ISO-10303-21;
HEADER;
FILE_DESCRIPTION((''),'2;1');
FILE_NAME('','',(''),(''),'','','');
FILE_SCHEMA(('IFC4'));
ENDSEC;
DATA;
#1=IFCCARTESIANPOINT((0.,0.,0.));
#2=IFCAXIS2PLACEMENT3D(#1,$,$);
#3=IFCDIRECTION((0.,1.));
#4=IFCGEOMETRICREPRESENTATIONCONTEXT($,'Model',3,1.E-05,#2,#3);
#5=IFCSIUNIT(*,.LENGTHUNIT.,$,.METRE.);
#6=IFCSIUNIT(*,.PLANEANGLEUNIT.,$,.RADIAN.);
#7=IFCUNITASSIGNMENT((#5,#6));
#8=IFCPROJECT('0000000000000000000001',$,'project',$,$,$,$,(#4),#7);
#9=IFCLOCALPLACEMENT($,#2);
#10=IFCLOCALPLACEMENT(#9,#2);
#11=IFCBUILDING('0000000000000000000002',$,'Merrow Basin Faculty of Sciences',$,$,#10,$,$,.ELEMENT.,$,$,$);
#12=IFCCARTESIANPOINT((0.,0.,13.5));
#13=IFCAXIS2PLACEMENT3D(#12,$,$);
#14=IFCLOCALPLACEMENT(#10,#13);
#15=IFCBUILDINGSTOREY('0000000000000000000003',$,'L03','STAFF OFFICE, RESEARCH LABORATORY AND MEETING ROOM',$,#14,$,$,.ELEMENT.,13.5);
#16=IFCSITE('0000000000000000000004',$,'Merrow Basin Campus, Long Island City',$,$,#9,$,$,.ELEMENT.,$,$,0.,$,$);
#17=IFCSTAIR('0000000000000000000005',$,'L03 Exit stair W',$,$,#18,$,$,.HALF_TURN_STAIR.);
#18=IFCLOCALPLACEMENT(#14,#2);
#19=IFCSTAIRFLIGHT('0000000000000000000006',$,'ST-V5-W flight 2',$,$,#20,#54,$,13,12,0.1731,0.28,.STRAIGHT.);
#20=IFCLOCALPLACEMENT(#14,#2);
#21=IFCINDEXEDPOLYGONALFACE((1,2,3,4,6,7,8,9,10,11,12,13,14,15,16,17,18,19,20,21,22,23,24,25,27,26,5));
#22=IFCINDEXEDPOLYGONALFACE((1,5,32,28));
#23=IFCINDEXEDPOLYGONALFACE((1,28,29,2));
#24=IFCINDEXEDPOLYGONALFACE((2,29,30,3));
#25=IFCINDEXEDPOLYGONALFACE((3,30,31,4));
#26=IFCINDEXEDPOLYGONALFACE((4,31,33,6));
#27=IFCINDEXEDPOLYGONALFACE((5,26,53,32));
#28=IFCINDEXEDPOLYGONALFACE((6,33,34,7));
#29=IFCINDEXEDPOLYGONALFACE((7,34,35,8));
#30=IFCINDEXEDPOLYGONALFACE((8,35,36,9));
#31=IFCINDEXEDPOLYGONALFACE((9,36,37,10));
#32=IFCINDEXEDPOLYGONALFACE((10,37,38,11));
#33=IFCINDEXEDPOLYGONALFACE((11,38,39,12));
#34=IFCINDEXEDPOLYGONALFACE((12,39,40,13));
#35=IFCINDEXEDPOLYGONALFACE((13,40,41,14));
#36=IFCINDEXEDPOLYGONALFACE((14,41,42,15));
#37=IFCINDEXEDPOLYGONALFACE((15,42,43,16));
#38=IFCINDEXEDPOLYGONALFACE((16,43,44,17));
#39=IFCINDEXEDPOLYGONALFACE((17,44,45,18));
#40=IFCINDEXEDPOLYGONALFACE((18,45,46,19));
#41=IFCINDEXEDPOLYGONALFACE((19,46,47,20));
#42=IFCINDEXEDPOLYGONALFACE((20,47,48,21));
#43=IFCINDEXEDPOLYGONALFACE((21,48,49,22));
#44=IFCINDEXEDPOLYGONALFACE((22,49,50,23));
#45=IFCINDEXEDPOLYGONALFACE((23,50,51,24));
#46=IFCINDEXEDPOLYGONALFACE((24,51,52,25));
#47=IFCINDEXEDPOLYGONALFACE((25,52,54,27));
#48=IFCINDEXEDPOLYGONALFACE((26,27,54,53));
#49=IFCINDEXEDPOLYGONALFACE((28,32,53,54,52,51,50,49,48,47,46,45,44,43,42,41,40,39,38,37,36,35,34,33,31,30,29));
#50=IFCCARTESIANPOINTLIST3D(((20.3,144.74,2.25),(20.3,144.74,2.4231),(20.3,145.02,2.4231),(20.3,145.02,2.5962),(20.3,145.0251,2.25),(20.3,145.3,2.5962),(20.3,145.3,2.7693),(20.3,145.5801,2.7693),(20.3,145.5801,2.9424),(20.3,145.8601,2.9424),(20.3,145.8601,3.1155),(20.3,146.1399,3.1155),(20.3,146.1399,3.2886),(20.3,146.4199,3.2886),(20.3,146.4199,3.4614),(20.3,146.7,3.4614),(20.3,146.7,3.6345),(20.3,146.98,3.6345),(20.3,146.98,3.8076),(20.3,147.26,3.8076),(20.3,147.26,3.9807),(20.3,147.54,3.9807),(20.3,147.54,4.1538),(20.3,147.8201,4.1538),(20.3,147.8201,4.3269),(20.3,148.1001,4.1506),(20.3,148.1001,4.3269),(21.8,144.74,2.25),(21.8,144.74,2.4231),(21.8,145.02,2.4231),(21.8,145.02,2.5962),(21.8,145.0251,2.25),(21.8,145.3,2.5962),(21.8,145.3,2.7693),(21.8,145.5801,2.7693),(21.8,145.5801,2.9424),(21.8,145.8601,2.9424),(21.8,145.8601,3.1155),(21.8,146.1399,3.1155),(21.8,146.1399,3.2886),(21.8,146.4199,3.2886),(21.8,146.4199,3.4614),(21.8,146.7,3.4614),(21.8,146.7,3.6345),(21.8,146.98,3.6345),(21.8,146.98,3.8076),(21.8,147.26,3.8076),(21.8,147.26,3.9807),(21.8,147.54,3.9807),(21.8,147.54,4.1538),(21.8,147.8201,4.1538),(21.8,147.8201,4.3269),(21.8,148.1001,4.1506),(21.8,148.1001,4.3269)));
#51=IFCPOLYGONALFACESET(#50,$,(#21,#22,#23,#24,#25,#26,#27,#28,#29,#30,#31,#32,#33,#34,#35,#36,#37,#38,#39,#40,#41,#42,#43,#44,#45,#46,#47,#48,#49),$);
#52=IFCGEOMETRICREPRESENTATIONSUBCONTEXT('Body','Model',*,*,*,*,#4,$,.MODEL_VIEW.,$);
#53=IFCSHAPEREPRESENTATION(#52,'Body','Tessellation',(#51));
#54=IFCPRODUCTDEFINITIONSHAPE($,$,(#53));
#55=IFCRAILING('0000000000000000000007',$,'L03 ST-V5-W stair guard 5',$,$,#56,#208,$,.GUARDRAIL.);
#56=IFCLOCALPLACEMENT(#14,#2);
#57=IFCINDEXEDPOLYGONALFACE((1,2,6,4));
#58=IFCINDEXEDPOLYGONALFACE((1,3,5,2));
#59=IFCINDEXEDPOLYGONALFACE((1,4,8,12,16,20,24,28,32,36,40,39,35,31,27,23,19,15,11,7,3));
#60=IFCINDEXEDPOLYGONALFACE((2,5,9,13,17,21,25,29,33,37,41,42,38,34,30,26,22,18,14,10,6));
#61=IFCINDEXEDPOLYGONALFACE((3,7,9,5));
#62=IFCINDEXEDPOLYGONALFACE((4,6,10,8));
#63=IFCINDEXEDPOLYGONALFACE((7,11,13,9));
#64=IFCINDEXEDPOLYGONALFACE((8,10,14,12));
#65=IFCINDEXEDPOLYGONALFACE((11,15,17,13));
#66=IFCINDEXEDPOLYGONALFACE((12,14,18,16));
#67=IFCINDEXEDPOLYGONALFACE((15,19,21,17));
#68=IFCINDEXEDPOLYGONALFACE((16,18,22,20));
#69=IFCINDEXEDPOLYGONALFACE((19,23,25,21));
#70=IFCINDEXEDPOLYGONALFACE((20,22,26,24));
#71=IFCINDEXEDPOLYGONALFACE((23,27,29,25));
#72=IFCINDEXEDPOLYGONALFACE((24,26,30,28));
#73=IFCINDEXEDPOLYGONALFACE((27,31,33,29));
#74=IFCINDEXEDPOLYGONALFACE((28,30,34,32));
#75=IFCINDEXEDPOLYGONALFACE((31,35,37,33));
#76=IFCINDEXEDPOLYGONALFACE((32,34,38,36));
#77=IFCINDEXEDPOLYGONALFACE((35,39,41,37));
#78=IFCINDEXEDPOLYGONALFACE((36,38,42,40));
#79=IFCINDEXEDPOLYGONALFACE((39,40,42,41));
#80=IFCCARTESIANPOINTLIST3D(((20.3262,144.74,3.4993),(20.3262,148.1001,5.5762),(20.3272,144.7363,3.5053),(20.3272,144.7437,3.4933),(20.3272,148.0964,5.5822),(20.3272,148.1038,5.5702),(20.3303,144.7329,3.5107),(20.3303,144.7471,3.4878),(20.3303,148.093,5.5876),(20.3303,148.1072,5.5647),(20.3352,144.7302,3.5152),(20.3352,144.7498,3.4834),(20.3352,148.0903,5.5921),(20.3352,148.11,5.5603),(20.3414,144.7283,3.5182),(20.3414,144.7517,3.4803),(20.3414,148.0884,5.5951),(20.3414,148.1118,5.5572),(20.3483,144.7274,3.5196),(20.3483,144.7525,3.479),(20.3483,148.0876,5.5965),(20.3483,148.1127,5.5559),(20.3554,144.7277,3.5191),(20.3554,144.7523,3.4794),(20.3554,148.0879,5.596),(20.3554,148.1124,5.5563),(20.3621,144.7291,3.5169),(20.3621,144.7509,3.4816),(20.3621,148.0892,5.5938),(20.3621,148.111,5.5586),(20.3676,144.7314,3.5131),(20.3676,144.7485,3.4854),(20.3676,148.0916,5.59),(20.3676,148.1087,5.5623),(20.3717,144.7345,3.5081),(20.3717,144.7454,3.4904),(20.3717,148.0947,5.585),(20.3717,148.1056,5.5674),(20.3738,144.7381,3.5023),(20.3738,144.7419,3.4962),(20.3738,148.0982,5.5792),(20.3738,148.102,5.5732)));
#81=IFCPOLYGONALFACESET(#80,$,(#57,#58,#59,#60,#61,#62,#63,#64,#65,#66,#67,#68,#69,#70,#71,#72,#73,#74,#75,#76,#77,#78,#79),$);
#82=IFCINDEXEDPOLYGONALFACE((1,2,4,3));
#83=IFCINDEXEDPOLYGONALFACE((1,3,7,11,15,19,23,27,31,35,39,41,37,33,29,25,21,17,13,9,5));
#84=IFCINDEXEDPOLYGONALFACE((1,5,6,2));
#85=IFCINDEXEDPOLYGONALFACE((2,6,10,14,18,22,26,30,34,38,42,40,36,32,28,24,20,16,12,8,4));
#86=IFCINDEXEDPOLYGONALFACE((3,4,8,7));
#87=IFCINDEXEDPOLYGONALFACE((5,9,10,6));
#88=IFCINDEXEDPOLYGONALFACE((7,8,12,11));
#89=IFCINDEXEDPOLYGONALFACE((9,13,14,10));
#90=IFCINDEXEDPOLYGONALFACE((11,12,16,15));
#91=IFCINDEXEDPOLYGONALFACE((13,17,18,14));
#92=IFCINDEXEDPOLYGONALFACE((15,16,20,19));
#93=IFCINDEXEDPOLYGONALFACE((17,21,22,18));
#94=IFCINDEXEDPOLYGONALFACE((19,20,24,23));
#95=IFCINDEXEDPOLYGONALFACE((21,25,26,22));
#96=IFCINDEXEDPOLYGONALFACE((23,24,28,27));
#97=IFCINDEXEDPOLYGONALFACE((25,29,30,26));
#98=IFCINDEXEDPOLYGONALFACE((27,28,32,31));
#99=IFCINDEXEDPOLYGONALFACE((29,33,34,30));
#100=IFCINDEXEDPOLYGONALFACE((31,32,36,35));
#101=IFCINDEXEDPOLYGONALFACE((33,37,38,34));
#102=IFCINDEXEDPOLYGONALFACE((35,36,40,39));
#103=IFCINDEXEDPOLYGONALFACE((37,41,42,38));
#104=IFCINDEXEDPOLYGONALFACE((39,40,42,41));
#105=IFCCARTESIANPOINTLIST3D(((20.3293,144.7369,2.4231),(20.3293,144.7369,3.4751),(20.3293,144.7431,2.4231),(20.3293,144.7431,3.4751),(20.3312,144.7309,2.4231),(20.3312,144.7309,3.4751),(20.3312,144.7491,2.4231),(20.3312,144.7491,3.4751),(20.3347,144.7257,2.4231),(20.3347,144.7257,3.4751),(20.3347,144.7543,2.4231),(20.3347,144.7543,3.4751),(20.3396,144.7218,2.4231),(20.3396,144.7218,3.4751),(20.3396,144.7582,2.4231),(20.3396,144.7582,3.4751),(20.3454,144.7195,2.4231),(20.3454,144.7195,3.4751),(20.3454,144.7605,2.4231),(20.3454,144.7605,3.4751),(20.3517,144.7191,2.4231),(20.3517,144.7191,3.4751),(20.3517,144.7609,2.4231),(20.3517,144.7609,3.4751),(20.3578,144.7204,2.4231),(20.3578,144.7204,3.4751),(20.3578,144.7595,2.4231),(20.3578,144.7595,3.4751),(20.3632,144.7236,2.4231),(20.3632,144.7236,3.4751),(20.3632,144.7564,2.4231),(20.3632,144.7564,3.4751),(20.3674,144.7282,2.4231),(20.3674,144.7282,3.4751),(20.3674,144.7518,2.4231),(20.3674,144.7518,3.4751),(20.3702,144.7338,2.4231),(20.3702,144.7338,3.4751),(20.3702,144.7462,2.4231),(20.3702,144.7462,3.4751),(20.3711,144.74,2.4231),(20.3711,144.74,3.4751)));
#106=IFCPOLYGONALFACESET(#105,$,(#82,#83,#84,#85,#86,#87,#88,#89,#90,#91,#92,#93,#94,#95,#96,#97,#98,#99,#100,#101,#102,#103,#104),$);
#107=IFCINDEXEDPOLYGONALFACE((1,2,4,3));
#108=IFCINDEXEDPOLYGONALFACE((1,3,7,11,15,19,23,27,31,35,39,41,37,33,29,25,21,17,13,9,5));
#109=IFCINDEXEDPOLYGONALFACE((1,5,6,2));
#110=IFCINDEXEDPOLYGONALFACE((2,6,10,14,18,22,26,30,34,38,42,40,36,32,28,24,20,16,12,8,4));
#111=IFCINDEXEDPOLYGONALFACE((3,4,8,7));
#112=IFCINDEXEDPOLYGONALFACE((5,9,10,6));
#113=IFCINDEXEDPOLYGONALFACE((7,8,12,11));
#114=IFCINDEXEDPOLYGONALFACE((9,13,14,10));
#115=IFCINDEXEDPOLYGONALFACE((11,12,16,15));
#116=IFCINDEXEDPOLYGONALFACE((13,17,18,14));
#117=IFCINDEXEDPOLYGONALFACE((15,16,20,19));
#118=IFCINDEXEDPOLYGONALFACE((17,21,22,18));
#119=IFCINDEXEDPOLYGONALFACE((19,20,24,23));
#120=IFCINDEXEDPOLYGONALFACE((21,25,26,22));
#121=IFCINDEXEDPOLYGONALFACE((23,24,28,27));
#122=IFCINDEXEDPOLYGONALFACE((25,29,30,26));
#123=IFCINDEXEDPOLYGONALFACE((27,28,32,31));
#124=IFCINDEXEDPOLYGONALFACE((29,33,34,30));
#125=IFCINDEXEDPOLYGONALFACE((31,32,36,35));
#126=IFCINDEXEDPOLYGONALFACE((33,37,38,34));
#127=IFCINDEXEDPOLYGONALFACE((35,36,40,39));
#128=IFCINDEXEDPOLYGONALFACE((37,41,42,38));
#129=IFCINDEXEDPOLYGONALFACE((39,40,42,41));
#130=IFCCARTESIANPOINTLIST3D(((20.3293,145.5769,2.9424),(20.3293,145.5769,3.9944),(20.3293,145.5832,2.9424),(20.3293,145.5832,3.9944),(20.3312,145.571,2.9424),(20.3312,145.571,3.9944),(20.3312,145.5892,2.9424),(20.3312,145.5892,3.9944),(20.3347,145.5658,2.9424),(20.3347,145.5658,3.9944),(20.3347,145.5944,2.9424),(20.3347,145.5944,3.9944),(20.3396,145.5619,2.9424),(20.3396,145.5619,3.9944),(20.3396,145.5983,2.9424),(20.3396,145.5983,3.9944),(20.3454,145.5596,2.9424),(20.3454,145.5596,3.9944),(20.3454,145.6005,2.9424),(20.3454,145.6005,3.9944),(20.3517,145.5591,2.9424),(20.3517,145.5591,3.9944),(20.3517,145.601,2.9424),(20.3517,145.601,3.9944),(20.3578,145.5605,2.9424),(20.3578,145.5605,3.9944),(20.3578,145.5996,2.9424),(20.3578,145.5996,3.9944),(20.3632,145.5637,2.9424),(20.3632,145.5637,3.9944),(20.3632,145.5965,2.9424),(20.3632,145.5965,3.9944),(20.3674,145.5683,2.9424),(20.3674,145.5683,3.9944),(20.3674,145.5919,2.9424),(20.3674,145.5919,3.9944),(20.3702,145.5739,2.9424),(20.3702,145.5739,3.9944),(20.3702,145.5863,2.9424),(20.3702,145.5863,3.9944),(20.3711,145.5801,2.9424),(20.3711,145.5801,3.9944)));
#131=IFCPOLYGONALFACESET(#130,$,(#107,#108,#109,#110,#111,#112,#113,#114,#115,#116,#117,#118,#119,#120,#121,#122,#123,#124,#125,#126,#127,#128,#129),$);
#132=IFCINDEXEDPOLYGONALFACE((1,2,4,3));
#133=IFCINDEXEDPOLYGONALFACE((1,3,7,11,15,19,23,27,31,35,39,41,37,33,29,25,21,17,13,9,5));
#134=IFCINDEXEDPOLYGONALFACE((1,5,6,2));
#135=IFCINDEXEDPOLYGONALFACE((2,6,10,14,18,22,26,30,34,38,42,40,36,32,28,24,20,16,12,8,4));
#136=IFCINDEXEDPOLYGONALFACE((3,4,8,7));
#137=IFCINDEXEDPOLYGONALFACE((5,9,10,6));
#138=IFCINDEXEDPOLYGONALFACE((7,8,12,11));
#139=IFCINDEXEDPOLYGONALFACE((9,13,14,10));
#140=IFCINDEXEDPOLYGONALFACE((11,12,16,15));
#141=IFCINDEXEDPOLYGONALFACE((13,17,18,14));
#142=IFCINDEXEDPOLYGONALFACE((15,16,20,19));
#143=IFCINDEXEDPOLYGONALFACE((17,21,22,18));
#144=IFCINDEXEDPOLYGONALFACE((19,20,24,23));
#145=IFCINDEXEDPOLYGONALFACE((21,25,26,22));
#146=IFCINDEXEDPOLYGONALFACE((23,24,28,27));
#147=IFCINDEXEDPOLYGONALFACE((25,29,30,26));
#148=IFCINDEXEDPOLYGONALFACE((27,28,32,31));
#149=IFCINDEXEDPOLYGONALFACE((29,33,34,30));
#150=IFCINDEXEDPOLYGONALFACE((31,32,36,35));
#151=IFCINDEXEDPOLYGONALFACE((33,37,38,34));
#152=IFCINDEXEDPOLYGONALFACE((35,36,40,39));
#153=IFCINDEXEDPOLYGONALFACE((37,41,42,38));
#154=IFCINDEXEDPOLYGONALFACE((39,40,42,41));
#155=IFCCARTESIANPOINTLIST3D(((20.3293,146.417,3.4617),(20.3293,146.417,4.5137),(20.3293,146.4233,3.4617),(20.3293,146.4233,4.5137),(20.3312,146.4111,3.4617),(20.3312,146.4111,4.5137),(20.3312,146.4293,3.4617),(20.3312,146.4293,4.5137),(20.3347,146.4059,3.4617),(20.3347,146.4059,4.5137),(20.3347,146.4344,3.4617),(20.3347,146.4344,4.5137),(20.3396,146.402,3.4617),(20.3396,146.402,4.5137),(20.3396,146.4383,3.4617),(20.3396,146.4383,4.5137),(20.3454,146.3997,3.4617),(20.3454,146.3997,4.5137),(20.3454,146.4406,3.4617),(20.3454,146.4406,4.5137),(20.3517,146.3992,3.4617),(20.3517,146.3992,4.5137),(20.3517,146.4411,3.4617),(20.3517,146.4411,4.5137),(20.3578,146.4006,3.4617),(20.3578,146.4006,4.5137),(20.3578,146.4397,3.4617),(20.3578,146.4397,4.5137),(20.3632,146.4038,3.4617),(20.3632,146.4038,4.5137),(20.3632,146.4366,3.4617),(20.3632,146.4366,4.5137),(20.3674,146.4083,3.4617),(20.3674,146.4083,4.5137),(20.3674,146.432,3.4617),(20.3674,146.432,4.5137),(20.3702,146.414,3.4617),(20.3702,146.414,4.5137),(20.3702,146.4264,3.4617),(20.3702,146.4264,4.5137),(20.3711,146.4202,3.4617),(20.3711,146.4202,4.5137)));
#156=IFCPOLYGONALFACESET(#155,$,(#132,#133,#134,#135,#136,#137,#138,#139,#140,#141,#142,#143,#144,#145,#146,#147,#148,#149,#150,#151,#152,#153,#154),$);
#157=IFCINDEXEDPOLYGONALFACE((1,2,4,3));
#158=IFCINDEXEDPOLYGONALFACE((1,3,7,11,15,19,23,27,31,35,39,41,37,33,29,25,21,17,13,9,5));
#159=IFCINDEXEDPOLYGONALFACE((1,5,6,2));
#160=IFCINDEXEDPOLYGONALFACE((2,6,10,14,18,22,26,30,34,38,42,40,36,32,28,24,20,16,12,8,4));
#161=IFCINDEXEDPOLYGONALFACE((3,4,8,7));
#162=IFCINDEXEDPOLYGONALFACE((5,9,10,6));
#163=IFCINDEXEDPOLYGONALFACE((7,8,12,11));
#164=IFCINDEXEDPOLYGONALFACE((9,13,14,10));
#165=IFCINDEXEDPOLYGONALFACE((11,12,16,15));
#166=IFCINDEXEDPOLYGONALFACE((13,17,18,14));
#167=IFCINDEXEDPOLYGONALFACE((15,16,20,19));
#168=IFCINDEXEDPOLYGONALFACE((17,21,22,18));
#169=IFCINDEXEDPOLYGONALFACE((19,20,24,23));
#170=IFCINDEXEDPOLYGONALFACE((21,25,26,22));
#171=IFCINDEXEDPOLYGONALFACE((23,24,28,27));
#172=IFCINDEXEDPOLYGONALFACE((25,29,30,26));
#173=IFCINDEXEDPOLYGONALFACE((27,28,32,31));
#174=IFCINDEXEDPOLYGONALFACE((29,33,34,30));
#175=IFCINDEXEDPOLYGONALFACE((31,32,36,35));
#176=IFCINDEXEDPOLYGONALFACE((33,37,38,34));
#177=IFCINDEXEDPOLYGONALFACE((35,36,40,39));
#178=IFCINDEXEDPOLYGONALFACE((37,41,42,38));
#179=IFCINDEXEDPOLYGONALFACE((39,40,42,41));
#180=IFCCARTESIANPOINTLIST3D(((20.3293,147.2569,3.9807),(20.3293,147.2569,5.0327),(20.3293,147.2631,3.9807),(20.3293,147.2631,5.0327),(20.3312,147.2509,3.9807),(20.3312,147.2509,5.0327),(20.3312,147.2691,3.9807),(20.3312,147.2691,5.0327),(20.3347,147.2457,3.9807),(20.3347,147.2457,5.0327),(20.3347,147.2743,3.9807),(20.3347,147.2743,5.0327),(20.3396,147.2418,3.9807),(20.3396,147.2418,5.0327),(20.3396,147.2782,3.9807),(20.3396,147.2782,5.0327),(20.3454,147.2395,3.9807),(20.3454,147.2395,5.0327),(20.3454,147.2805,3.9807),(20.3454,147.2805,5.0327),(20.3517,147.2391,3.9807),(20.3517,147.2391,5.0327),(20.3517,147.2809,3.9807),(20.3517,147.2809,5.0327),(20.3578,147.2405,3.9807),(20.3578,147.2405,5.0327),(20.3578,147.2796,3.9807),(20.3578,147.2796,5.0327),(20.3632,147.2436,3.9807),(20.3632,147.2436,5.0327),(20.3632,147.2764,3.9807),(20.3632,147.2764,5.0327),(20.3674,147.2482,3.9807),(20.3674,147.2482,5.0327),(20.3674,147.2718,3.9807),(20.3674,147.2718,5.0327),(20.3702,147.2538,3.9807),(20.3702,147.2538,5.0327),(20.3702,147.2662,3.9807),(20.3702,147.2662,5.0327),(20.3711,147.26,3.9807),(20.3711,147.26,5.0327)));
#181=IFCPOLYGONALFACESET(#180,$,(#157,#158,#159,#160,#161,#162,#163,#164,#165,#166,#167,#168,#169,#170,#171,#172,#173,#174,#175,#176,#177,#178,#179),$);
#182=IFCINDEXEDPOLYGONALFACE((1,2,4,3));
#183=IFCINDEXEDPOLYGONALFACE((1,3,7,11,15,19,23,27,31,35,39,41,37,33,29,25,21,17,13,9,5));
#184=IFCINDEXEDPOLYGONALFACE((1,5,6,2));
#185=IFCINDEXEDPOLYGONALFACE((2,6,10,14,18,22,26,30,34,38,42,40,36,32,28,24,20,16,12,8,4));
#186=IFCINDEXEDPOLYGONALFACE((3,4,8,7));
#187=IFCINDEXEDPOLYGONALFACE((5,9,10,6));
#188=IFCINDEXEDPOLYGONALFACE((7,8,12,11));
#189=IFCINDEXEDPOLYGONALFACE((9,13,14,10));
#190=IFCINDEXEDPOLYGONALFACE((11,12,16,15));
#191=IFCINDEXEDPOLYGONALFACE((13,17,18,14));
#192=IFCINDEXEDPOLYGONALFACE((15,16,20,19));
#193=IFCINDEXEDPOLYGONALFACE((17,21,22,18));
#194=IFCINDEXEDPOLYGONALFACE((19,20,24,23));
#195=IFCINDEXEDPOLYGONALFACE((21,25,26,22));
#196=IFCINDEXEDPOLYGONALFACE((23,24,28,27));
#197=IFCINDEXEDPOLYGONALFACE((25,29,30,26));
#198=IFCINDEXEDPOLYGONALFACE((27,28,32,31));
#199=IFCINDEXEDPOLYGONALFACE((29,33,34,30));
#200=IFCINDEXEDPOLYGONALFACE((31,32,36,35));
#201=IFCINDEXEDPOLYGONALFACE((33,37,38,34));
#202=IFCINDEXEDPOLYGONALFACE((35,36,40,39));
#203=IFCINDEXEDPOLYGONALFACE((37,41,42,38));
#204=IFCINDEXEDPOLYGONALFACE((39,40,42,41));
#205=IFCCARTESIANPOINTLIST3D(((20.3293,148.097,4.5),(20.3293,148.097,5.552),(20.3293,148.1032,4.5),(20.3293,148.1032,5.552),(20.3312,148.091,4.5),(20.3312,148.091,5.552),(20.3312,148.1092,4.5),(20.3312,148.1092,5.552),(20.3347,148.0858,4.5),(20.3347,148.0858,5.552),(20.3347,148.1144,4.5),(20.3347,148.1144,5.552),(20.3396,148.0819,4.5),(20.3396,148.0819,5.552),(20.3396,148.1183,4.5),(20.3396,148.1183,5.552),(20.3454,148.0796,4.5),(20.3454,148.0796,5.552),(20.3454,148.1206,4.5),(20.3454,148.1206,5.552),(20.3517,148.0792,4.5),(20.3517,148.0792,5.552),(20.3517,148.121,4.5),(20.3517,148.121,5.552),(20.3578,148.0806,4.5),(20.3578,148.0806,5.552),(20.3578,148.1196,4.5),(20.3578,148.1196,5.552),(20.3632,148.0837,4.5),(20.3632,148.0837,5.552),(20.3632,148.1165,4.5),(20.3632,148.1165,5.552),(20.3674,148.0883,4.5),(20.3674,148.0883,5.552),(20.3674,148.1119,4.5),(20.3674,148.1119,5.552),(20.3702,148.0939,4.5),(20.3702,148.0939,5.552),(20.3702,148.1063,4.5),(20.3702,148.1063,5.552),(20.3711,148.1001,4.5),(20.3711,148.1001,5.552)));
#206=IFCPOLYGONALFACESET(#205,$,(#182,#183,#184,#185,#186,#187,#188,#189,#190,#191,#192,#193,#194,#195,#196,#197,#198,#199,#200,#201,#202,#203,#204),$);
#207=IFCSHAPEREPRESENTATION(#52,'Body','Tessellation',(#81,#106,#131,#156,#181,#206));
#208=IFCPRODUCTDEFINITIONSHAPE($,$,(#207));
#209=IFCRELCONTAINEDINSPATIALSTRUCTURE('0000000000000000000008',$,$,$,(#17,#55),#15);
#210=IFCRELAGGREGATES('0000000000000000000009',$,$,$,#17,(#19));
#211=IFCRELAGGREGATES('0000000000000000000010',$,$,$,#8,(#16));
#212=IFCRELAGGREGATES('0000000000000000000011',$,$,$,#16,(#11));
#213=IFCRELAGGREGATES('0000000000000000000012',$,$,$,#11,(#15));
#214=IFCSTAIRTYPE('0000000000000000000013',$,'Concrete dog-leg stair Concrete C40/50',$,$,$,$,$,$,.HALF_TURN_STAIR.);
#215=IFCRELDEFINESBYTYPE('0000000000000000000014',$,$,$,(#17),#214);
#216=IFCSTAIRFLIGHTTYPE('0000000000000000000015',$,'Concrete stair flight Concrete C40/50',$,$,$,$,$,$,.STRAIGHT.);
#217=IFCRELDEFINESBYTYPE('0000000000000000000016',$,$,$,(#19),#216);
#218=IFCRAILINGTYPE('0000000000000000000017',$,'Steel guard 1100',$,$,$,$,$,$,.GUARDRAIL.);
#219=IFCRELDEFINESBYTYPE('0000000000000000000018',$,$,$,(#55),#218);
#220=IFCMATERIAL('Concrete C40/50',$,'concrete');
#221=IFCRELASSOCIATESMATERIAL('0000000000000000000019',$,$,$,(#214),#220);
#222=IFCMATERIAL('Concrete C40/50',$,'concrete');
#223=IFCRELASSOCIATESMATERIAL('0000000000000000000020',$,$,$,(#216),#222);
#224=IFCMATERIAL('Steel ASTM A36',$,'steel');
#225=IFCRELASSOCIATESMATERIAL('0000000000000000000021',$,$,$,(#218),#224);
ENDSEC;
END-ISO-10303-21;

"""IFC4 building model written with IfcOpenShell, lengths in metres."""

from ifc_helpers import new_model, si_unit, direction, frame, origin, origin_2d, place, context, subcontext, project, spatial, polyline, circle, outline, extrude, material, type_object, element, aggregate, save


model = new_model("IFC4")

# Units and contexts
model_context = context("Model", 3, precision=1e-05, world=origin(), true_north=direction((0.0, 1.0)))
body_context = subcontext(model_context, "Body", "Model", "MODEL_VIEW")
ifc_project = project(units=[si_unit("LENGTHUNIT", "METRE"), si_unit("PLANEANGLEUNIT", "RADIAN")], contexts=[model_context])

# Site, building, storey
site_placement = place(None, origin())
site = spatial("IfcSite", under=ifc_project, at=site_placement, Name="Merrow Basin Campus, Long Island City", CompositionType="ELEMENT", RefElevation=0.0)
building_placement = place(site_placement, origin())
building = spatial("IfcBuilding", under=site, at=building_placement, Name="Merrow Basin Faculty of Sciences", CompositionType="ELEMENT")
storey_placement = place(building_placement, frame((0.0, 0.0, 13.5)))
storey = spatial("IfcBuildingStorey", under=building, at=storey_placement, Name="L03", Description="STAFF OFFICE, RESEARCH LABORATORY AND MEETING ROOM", CompositionType="ELEMENT", Elevation=13.5)

# Stair, stair flight
ifc_material_1 = material(Name="Concrete C40/50", Category="concrete")
stair_type = type_object("IfcStairType", Name="Concrete dog-leg stair Concrete C40/50", PredefinedType="HALF_TURN_STAIR", material=ifc_material_1)
stair_placement = place(storey_placement, origin())
stair = element("IfcStair", 1, at=stair_placement, inside=storey, type_object=stair_type, Name="L03 Exit stair W", PredefinedType="HALF_TURN_STAIR")
ifc_material_2 = material(Name="Concrete C40/50", Category="concrete")
stair_flight_type = type_object("IfcStairFlightType", Name="Concrete stair flight Concrete C40/50", PredefinedType="STRAIGHT", material=ifc_material_2)
stair_flight_placement = place(storey_placement, frame((21.05, 144.74, 2.25), z_axis=(0.0, 0.0, 1.0), x_axis=(0.0, 1.0, 0.0)))
stair_flight = element("IfcStairFlight", 2, at=stair_flight_placement, type_object=stair_flight_type, Name="ST-V5-W flight 2", NumberOfRisers=13, NumberOfTreads=12, PredefinedType="STRAIGHT", RiserHeight=0.1731, TreadLength=0.28, context=body_context, shape_type="SweptSolid", body=[
    extrude(outline(polyline([(0.0, 0.0), (0.0, 0.1731), (0.28, 0.1731), (0.28, 0.3462), (0.5601, 0.3462), (0.5601, 0.5193), (0.8401, 0.5193), (0.8401, 0.6924), (1.1201, 0.6924), (1.1201, 0.8655), (1.3999, 0.8655), (1.3999, 1.0386), (1.6799, 1.0386), (1.6799, 1.2114), (1.96, 1.2114), (1.96, 1.3845), (2.24, 1.3845), (2.24, 1.5576), (2.52, 1.5576), (2.52, 1.7307), (2.8, 1.7307), (2.8, 1.9038), (3.0801, 1.9038), (3.0801, 2.0769), (3.3601, 2.0769), (3.3601, 2.25), (3.3601, 1.9006), (0.2852, 0.0), (0.0, 0.0)])), frame((0.0, 0.75, 0.0), z_axis=(0.0, -1.0, 0.0), x_axis=(1.0, 0.0, 0.0)), (0.0, 0.0, 1.0), 1.5),
])
aggregate(stair, [stair_flight])

# Railing
ifc_material_3 = material(Name="Steel ASTM A36", Category="steel")
railing_type_1 = type_object("IfcRailingType", Name="Steel guard 1100", PredefinedType="GUARDRAIL", material=ifc_material_3)
railing_1_placement = place(storey_placement, frame((20.3501, 144.74, 2.4231)))
element("IfcRailing", 3, at=railing_1_placement, inside=storey, type_object=railing_type_1, Name="L03 ST-V5-W stair guard 5", PredefinedType="GUARDRAIL", context=body_context, shape_type="SweptSolid", body=[
    extrude(circle(Radius=0.0239, at=origin_2d()), frame((0.0, 0.0, 1.0762), z_axis=(0.0, 0.850623, 0.525776), x_axis=(-1.0, 0.0, 0.0)), (0.0, 0.0, 1.0), 3.9502),
    extrude(circle(Radius=0.021, at=origin_2d()), origin(), (0.0, 0.0, 1.0), 1.052),
    extrude(circle(Radius=0.021, at=origin_2d()), frame((0.0, 0.8401, 0.5193)), (0.0, 0.0, 1.0), 1.052),
    extrude(circle(Radius=0.021, at=origin_2d()), frame((0.0, 1.6802, 1.0386)), (0.0, 0.0, 1.0), 1.052),
    extrude(circle(Radius=0.021, at=origin_2d()), frame((0.0, 2.52, 1.5576)), (0.0, 0.0, 1.0), 1.052),
    extrude(circle(Radius=0.021, at=origin_2d()), frame((0.0, 3.3601, 2.0769)), (0.0, 0.0, 1.0), 1.052),
])

save(model, "model.ifc")
